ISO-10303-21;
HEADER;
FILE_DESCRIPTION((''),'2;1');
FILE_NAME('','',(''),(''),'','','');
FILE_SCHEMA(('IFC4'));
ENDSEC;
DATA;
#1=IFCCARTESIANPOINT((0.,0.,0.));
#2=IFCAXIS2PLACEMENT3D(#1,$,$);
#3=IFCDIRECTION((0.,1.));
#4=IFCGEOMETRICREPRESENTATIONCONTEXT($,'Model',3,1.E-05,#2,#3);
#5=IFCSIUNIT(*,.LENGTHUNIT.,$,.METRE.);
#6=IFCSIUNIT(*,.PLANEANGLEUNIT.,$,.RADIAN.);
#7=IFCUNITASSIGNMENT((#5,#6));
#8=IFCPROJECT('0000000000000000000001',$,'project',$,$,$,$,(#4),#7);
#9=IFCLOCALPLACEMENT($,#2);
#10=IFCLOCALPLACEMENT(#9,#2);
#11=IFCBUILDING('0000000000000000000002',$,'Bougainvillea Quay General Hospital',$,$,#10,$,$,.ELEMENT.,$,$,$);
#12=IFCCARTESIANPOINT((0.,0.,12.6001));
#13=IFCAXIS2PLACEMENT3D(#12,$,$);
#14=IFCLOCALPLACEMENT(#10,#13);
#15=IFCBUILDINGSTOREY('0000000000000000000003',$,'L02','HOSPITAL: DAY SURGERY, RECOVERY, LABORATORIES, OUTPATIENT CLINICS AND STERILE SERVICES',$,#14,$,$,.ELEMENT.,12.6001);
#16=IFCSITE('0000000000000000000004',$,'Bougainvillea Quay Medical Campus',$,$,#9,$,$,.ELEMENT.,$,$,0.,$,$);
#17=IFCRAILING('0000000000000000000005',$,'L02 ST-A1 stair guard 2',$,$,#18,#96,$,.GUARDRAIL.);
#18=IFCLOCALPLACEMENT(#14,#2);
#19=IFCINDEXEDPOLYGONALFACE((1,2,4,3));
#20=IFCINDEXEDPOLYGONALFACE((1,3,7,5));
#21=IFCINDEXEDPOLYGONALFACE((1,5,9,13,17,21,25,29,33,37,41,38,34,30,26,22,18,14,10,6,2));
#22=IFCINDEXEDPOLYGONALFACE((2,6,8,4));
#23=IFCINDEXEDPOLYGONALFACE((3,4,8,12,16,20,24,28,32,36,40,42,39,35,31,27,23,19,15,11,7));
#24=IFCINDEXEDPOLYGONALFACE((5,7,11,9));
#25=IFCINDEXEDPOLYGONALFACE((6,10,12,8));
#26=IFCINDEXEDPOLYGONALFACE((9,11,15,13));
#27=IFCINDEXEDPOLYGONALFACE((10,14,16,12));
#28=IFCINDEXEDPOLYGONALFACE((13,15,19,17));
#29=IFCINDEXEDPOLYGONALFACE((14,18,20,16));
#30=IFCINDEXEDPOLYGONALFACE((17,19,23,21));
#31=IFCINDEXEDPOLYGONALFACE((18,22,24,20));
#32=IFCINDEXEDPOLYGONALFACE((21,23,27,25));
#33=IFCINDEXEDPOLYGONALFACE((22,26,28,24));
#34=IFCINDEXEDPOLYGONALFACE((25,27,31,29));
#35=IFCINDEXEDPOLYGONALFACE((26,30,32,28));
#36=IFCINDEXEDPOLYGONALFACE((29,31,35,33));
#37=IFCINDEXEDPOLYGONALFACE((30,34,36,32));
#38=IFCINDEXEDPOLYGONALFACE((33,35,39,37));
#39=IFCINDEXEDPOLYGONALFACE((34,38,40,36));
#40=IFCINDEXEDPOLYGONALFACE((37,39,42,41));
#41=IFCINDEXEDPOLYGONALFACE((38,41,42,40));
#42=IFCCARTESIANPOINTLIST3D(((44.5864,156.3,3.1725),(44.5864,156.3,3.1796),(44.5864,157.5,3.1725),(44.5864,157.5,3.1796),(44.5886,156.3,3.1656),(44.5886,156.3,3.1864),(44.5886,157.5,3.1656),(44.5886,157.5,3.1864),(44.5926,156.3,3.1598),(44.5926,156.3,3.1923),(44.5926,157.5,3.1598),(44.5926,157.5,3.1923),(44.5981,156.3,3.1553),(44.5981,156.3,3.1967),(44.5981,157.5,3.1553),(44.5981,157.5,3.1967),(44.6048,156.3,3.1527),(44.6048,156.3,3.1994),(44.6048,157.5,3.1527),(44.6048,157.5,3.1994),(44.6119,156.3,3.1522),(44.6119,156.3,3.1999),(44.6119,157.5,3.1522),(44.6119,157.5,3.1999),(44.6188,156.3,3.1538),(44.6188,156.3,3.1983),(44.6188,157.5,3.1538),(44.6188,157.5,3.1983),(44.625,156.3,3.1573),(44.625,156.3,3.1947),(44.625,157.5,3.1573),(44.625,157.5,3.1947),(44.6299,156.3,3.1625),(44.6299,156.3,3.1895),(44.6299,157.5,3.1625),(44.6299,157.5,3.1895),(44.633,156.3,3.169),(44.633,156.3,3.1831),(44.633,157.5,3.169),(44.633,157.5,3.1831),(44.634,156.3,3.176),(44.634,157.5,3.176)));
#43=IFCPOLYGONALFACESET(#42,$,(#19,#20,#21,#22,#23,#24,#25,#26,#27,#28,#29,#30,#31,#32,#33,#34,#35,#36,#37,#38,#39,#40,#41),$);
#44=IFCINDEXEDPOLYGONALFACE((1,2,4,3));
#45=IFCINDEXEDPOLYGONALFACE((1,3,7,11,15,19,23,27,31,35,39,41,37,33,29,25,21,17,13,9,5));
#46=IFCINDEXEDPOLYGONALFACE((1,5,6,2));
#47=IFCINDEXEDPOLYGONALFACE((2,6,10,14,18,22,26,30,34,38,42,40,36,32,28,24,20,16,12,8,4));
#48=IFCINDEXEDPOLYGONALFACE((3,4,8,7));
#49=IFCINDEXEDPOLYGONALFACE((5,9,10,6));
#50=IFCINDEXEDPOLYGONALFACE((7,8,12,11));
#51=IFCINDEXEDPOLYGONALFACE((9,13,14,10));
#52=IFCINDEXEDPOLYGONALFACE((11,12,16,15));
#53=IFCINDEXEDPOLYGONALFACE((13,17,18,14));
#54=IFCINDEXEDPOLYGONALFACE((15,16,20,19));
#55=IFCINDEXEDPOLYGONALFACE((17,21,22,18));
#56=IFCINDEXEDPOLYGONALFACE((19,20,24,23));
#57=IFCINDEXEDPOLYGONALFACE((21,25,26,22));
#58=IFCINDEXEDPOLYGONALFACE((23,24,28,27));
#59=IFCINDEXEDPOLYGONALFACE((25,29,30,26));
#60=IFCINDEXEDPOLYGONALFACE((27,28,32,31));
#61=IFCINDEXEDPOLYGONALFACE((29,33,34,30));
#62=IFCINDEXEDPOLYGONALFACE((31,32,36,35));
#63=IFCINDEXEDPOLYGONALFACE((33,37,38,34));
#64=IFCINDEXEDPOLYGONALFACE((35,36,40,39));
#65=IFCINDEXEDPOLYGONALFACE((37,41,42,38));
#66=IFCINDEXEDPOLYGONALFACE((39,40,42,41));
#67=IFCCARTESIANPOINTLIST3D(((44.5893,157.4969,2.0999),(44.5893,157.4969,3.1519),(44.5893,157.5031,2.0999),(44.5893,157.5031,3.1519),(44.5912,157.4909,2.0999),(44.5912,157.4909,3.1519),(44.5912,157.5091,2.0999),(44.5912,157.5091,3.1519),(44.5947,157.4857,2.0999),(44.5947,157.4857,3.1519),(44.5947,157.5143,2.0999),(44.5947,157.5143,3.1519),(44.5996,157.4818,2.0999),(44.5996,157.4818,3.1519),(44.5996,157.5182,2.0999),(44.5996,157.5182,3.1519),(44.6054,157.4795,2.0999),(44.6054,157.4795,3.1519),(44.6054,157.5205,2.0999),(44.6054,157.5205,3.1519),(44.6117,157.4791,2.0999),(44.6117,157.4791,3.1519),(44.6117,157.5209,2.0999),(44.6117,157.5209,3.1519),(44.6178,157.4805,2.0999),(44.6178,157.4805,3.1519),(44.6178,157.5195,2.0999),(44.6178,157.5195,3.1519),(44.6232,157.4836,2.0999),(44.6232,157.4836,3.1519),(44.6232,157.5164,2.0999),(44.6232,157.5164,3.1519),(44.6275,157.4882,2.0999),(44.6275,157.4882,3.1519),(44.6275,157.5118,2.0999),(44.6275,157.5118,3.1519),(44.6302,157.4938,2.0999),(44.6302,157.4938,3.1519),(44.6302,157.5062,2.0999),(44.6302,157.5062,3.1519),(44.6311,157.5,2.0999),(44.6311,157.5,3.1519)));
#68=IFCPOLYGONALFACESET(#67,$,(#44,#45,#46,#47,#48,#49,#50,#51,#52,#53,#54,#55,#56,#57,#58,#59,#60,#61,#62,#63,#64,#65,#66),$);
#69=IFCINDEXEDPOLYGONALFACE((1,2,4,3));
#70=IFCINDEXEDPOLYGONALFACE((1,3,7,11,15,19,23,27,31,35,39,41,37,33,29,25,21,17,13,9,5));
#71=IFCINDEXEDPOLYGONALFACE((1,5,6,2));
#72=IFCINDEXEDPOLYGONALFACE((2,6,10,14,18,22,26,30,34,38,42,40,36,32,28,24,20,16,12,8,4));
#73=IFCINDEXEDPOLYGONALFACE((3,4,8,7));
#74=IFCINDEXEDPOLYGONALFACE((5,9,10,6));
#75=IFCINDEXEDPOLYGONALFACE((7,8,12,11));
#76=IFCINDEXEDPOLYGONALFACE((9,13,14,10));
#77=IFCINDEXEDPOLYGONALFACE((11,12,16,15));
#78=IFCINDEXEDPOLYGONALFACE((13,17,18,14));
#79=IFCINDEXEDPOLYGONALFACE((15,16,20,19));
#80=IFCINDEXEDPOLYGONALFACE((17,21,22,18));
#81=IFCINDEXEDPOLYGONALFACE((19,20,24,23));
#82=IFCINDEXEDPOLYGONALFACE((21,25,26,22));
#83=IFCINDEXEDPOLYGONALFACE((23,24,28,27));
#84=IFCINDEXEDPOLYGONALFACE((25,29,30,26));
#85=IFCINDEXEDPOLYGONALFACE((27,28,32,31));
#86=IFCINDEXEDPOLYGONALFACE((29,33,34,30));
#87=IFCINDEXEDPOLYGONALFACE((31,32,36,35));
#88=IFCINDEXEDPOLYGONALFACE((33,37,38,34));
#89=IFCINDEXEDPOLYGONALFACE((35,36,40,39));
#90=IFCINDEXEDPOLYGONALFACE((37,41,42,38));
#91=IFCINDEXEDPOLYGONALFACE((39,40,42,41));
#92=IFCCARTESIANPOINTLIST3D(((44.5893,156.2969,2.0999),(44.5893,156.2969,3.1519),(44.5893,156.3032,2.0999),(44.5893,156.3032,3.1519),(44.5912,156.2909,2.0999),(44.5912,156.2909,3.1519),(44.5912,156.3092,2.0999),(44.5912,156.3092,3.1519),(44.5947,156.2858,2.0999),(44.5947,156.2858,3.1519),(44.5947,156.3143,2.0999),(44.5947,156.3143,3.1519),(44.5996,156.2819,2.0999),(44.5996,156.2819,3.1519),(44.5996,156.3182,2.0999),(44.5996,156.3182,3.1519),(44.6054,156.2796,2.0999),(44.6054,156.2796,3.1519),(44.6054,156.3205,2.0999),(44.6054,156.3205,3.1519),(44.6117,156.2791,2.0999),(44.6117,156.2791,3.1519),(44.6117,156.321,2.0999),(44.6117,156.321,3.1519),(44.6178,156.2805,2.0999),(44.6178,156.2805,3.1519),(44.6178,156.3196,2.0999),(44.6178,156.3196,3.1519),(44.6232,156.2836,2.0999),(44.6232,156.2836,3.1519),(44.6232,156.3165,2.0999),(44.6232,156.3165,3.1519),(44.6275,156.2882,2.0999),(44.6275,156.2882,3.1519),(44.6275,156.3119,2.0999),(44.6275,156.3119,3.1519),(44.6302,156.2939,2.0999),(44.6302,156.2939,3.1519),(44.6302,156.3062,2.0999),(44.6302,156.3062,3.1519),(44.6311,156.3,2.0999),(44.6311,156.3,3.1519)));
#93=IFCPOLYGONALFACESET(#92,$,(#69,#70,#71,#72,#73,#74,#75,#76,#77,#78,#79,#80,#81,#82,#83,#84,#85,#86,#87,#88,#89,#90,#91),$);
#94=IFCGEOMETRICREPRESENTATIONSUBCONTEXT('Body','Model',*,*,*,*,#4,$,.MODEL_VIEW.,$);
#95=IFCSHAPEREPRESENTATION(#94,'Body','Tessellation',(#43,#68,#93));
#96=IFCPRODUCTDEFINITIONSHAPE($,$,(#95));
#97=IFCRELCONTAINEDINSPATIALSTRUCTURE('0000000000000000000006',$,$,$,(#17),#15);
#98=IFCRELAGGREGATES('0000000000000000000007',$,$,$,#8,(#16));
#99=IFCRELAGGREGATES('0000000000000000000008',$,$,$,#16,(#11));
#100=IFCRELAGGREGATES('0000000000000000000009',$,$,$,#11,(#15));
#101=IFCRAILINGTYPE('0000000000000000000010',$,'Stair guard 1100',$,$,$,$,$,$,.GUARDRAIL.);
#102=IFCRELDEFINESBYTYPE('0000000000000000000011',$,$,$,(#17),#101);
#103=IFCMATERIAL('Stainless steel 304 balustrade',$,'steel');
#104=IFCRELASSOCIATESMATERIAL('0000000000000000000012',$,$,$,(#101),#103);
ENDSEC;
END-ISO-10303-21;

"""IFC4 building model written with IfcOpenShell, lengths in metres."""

from ifc_helpers import new_model, si_unit, direction, frame, origin, origin_2d, place, context, subcontext, project, spatial, circle, extrude, material, type_object, element, save


model = new_model("IFC4")

# Units and contexts
model_context = context("Model", 3, precision=1e-05, world=origin(), true_north=direction((0.0, 1.0)))
body_context = subcontext(model_context, "Body", "Model", "MODEL_VIEW")
ifc_project = project(units=[si_unit("LENGTHUNIT", "METRE"), si_unit("PLANEANGLEUNIT", "RADIAN")], contexts=[model_context])

# Site, building, storey
site_placement = place(None, origin())
site = spatial("IfcSite", under=ifc_project, at=site_placement, Name="Bougainvillea Quay Medical Campus", CompositionType="ELEMENT", RefElevation=0.0)
building_placement = place(site_placement, origin())
building = spatial("IfcBuilding", under=site, at=building_placement, Name="Bougainvillea Quay General Hospital", CompositionType="ELEMENT")
storey_placement = place(building_placement, frame((0.0, 0.0, 12.6001)))
storey = spatial("IfcBuildingStorey", under=building, at=storey_placement, Name="L02", Description="HOSPITAL: DAY SURGERY, RECOVERY, LABORATORIES, OUTPATIENT CLINICS AND STERILE SERVICES", CompositionType="ELEMENT", Elevation=12.6001)

# Railing
ifc_material_1 = material(Name="Stainless steel 304 balustrade", Category="steel")
railing_type_1 = type_object("IfcRailingType", Name="Stair guard 1100", PredefinedType="GUARDRAIL", material=ifc_material_1)
railing_1_placement = place(storey_placement, frame((44.6101, 157.5, 2.0999)))
element("IfcRailing", 1, at=railing_1_placement, inside=storey, type_object=railing_type_1, Name="L02 ST-A1 stair guard 2", PredefinedType="GUARDRAIL", context=body_context, shape_type="SweptSolid", body=[
    extrude(circle(Radius=0.0239, at=origin_2d()), frame((0.0, 0.0, 1.0762), z_axis=(0.0, -1.0, 0.0), x_axis=(1.0, 0.0, 0.0)), (0.0, 0.0, 1.0), 1.2),
    extrude(circle(Radius=0.021, at=origin_2d()), origin(), (0.0, 0.0, 1.0), 1.052),
    extrude(circle(Radius=0.021, at=origin_2d()), frame((0.0, -1.2, 0.0)), (0.0, 0.0, 1.0), 1.052),
])

save(model, "model.ifc")
